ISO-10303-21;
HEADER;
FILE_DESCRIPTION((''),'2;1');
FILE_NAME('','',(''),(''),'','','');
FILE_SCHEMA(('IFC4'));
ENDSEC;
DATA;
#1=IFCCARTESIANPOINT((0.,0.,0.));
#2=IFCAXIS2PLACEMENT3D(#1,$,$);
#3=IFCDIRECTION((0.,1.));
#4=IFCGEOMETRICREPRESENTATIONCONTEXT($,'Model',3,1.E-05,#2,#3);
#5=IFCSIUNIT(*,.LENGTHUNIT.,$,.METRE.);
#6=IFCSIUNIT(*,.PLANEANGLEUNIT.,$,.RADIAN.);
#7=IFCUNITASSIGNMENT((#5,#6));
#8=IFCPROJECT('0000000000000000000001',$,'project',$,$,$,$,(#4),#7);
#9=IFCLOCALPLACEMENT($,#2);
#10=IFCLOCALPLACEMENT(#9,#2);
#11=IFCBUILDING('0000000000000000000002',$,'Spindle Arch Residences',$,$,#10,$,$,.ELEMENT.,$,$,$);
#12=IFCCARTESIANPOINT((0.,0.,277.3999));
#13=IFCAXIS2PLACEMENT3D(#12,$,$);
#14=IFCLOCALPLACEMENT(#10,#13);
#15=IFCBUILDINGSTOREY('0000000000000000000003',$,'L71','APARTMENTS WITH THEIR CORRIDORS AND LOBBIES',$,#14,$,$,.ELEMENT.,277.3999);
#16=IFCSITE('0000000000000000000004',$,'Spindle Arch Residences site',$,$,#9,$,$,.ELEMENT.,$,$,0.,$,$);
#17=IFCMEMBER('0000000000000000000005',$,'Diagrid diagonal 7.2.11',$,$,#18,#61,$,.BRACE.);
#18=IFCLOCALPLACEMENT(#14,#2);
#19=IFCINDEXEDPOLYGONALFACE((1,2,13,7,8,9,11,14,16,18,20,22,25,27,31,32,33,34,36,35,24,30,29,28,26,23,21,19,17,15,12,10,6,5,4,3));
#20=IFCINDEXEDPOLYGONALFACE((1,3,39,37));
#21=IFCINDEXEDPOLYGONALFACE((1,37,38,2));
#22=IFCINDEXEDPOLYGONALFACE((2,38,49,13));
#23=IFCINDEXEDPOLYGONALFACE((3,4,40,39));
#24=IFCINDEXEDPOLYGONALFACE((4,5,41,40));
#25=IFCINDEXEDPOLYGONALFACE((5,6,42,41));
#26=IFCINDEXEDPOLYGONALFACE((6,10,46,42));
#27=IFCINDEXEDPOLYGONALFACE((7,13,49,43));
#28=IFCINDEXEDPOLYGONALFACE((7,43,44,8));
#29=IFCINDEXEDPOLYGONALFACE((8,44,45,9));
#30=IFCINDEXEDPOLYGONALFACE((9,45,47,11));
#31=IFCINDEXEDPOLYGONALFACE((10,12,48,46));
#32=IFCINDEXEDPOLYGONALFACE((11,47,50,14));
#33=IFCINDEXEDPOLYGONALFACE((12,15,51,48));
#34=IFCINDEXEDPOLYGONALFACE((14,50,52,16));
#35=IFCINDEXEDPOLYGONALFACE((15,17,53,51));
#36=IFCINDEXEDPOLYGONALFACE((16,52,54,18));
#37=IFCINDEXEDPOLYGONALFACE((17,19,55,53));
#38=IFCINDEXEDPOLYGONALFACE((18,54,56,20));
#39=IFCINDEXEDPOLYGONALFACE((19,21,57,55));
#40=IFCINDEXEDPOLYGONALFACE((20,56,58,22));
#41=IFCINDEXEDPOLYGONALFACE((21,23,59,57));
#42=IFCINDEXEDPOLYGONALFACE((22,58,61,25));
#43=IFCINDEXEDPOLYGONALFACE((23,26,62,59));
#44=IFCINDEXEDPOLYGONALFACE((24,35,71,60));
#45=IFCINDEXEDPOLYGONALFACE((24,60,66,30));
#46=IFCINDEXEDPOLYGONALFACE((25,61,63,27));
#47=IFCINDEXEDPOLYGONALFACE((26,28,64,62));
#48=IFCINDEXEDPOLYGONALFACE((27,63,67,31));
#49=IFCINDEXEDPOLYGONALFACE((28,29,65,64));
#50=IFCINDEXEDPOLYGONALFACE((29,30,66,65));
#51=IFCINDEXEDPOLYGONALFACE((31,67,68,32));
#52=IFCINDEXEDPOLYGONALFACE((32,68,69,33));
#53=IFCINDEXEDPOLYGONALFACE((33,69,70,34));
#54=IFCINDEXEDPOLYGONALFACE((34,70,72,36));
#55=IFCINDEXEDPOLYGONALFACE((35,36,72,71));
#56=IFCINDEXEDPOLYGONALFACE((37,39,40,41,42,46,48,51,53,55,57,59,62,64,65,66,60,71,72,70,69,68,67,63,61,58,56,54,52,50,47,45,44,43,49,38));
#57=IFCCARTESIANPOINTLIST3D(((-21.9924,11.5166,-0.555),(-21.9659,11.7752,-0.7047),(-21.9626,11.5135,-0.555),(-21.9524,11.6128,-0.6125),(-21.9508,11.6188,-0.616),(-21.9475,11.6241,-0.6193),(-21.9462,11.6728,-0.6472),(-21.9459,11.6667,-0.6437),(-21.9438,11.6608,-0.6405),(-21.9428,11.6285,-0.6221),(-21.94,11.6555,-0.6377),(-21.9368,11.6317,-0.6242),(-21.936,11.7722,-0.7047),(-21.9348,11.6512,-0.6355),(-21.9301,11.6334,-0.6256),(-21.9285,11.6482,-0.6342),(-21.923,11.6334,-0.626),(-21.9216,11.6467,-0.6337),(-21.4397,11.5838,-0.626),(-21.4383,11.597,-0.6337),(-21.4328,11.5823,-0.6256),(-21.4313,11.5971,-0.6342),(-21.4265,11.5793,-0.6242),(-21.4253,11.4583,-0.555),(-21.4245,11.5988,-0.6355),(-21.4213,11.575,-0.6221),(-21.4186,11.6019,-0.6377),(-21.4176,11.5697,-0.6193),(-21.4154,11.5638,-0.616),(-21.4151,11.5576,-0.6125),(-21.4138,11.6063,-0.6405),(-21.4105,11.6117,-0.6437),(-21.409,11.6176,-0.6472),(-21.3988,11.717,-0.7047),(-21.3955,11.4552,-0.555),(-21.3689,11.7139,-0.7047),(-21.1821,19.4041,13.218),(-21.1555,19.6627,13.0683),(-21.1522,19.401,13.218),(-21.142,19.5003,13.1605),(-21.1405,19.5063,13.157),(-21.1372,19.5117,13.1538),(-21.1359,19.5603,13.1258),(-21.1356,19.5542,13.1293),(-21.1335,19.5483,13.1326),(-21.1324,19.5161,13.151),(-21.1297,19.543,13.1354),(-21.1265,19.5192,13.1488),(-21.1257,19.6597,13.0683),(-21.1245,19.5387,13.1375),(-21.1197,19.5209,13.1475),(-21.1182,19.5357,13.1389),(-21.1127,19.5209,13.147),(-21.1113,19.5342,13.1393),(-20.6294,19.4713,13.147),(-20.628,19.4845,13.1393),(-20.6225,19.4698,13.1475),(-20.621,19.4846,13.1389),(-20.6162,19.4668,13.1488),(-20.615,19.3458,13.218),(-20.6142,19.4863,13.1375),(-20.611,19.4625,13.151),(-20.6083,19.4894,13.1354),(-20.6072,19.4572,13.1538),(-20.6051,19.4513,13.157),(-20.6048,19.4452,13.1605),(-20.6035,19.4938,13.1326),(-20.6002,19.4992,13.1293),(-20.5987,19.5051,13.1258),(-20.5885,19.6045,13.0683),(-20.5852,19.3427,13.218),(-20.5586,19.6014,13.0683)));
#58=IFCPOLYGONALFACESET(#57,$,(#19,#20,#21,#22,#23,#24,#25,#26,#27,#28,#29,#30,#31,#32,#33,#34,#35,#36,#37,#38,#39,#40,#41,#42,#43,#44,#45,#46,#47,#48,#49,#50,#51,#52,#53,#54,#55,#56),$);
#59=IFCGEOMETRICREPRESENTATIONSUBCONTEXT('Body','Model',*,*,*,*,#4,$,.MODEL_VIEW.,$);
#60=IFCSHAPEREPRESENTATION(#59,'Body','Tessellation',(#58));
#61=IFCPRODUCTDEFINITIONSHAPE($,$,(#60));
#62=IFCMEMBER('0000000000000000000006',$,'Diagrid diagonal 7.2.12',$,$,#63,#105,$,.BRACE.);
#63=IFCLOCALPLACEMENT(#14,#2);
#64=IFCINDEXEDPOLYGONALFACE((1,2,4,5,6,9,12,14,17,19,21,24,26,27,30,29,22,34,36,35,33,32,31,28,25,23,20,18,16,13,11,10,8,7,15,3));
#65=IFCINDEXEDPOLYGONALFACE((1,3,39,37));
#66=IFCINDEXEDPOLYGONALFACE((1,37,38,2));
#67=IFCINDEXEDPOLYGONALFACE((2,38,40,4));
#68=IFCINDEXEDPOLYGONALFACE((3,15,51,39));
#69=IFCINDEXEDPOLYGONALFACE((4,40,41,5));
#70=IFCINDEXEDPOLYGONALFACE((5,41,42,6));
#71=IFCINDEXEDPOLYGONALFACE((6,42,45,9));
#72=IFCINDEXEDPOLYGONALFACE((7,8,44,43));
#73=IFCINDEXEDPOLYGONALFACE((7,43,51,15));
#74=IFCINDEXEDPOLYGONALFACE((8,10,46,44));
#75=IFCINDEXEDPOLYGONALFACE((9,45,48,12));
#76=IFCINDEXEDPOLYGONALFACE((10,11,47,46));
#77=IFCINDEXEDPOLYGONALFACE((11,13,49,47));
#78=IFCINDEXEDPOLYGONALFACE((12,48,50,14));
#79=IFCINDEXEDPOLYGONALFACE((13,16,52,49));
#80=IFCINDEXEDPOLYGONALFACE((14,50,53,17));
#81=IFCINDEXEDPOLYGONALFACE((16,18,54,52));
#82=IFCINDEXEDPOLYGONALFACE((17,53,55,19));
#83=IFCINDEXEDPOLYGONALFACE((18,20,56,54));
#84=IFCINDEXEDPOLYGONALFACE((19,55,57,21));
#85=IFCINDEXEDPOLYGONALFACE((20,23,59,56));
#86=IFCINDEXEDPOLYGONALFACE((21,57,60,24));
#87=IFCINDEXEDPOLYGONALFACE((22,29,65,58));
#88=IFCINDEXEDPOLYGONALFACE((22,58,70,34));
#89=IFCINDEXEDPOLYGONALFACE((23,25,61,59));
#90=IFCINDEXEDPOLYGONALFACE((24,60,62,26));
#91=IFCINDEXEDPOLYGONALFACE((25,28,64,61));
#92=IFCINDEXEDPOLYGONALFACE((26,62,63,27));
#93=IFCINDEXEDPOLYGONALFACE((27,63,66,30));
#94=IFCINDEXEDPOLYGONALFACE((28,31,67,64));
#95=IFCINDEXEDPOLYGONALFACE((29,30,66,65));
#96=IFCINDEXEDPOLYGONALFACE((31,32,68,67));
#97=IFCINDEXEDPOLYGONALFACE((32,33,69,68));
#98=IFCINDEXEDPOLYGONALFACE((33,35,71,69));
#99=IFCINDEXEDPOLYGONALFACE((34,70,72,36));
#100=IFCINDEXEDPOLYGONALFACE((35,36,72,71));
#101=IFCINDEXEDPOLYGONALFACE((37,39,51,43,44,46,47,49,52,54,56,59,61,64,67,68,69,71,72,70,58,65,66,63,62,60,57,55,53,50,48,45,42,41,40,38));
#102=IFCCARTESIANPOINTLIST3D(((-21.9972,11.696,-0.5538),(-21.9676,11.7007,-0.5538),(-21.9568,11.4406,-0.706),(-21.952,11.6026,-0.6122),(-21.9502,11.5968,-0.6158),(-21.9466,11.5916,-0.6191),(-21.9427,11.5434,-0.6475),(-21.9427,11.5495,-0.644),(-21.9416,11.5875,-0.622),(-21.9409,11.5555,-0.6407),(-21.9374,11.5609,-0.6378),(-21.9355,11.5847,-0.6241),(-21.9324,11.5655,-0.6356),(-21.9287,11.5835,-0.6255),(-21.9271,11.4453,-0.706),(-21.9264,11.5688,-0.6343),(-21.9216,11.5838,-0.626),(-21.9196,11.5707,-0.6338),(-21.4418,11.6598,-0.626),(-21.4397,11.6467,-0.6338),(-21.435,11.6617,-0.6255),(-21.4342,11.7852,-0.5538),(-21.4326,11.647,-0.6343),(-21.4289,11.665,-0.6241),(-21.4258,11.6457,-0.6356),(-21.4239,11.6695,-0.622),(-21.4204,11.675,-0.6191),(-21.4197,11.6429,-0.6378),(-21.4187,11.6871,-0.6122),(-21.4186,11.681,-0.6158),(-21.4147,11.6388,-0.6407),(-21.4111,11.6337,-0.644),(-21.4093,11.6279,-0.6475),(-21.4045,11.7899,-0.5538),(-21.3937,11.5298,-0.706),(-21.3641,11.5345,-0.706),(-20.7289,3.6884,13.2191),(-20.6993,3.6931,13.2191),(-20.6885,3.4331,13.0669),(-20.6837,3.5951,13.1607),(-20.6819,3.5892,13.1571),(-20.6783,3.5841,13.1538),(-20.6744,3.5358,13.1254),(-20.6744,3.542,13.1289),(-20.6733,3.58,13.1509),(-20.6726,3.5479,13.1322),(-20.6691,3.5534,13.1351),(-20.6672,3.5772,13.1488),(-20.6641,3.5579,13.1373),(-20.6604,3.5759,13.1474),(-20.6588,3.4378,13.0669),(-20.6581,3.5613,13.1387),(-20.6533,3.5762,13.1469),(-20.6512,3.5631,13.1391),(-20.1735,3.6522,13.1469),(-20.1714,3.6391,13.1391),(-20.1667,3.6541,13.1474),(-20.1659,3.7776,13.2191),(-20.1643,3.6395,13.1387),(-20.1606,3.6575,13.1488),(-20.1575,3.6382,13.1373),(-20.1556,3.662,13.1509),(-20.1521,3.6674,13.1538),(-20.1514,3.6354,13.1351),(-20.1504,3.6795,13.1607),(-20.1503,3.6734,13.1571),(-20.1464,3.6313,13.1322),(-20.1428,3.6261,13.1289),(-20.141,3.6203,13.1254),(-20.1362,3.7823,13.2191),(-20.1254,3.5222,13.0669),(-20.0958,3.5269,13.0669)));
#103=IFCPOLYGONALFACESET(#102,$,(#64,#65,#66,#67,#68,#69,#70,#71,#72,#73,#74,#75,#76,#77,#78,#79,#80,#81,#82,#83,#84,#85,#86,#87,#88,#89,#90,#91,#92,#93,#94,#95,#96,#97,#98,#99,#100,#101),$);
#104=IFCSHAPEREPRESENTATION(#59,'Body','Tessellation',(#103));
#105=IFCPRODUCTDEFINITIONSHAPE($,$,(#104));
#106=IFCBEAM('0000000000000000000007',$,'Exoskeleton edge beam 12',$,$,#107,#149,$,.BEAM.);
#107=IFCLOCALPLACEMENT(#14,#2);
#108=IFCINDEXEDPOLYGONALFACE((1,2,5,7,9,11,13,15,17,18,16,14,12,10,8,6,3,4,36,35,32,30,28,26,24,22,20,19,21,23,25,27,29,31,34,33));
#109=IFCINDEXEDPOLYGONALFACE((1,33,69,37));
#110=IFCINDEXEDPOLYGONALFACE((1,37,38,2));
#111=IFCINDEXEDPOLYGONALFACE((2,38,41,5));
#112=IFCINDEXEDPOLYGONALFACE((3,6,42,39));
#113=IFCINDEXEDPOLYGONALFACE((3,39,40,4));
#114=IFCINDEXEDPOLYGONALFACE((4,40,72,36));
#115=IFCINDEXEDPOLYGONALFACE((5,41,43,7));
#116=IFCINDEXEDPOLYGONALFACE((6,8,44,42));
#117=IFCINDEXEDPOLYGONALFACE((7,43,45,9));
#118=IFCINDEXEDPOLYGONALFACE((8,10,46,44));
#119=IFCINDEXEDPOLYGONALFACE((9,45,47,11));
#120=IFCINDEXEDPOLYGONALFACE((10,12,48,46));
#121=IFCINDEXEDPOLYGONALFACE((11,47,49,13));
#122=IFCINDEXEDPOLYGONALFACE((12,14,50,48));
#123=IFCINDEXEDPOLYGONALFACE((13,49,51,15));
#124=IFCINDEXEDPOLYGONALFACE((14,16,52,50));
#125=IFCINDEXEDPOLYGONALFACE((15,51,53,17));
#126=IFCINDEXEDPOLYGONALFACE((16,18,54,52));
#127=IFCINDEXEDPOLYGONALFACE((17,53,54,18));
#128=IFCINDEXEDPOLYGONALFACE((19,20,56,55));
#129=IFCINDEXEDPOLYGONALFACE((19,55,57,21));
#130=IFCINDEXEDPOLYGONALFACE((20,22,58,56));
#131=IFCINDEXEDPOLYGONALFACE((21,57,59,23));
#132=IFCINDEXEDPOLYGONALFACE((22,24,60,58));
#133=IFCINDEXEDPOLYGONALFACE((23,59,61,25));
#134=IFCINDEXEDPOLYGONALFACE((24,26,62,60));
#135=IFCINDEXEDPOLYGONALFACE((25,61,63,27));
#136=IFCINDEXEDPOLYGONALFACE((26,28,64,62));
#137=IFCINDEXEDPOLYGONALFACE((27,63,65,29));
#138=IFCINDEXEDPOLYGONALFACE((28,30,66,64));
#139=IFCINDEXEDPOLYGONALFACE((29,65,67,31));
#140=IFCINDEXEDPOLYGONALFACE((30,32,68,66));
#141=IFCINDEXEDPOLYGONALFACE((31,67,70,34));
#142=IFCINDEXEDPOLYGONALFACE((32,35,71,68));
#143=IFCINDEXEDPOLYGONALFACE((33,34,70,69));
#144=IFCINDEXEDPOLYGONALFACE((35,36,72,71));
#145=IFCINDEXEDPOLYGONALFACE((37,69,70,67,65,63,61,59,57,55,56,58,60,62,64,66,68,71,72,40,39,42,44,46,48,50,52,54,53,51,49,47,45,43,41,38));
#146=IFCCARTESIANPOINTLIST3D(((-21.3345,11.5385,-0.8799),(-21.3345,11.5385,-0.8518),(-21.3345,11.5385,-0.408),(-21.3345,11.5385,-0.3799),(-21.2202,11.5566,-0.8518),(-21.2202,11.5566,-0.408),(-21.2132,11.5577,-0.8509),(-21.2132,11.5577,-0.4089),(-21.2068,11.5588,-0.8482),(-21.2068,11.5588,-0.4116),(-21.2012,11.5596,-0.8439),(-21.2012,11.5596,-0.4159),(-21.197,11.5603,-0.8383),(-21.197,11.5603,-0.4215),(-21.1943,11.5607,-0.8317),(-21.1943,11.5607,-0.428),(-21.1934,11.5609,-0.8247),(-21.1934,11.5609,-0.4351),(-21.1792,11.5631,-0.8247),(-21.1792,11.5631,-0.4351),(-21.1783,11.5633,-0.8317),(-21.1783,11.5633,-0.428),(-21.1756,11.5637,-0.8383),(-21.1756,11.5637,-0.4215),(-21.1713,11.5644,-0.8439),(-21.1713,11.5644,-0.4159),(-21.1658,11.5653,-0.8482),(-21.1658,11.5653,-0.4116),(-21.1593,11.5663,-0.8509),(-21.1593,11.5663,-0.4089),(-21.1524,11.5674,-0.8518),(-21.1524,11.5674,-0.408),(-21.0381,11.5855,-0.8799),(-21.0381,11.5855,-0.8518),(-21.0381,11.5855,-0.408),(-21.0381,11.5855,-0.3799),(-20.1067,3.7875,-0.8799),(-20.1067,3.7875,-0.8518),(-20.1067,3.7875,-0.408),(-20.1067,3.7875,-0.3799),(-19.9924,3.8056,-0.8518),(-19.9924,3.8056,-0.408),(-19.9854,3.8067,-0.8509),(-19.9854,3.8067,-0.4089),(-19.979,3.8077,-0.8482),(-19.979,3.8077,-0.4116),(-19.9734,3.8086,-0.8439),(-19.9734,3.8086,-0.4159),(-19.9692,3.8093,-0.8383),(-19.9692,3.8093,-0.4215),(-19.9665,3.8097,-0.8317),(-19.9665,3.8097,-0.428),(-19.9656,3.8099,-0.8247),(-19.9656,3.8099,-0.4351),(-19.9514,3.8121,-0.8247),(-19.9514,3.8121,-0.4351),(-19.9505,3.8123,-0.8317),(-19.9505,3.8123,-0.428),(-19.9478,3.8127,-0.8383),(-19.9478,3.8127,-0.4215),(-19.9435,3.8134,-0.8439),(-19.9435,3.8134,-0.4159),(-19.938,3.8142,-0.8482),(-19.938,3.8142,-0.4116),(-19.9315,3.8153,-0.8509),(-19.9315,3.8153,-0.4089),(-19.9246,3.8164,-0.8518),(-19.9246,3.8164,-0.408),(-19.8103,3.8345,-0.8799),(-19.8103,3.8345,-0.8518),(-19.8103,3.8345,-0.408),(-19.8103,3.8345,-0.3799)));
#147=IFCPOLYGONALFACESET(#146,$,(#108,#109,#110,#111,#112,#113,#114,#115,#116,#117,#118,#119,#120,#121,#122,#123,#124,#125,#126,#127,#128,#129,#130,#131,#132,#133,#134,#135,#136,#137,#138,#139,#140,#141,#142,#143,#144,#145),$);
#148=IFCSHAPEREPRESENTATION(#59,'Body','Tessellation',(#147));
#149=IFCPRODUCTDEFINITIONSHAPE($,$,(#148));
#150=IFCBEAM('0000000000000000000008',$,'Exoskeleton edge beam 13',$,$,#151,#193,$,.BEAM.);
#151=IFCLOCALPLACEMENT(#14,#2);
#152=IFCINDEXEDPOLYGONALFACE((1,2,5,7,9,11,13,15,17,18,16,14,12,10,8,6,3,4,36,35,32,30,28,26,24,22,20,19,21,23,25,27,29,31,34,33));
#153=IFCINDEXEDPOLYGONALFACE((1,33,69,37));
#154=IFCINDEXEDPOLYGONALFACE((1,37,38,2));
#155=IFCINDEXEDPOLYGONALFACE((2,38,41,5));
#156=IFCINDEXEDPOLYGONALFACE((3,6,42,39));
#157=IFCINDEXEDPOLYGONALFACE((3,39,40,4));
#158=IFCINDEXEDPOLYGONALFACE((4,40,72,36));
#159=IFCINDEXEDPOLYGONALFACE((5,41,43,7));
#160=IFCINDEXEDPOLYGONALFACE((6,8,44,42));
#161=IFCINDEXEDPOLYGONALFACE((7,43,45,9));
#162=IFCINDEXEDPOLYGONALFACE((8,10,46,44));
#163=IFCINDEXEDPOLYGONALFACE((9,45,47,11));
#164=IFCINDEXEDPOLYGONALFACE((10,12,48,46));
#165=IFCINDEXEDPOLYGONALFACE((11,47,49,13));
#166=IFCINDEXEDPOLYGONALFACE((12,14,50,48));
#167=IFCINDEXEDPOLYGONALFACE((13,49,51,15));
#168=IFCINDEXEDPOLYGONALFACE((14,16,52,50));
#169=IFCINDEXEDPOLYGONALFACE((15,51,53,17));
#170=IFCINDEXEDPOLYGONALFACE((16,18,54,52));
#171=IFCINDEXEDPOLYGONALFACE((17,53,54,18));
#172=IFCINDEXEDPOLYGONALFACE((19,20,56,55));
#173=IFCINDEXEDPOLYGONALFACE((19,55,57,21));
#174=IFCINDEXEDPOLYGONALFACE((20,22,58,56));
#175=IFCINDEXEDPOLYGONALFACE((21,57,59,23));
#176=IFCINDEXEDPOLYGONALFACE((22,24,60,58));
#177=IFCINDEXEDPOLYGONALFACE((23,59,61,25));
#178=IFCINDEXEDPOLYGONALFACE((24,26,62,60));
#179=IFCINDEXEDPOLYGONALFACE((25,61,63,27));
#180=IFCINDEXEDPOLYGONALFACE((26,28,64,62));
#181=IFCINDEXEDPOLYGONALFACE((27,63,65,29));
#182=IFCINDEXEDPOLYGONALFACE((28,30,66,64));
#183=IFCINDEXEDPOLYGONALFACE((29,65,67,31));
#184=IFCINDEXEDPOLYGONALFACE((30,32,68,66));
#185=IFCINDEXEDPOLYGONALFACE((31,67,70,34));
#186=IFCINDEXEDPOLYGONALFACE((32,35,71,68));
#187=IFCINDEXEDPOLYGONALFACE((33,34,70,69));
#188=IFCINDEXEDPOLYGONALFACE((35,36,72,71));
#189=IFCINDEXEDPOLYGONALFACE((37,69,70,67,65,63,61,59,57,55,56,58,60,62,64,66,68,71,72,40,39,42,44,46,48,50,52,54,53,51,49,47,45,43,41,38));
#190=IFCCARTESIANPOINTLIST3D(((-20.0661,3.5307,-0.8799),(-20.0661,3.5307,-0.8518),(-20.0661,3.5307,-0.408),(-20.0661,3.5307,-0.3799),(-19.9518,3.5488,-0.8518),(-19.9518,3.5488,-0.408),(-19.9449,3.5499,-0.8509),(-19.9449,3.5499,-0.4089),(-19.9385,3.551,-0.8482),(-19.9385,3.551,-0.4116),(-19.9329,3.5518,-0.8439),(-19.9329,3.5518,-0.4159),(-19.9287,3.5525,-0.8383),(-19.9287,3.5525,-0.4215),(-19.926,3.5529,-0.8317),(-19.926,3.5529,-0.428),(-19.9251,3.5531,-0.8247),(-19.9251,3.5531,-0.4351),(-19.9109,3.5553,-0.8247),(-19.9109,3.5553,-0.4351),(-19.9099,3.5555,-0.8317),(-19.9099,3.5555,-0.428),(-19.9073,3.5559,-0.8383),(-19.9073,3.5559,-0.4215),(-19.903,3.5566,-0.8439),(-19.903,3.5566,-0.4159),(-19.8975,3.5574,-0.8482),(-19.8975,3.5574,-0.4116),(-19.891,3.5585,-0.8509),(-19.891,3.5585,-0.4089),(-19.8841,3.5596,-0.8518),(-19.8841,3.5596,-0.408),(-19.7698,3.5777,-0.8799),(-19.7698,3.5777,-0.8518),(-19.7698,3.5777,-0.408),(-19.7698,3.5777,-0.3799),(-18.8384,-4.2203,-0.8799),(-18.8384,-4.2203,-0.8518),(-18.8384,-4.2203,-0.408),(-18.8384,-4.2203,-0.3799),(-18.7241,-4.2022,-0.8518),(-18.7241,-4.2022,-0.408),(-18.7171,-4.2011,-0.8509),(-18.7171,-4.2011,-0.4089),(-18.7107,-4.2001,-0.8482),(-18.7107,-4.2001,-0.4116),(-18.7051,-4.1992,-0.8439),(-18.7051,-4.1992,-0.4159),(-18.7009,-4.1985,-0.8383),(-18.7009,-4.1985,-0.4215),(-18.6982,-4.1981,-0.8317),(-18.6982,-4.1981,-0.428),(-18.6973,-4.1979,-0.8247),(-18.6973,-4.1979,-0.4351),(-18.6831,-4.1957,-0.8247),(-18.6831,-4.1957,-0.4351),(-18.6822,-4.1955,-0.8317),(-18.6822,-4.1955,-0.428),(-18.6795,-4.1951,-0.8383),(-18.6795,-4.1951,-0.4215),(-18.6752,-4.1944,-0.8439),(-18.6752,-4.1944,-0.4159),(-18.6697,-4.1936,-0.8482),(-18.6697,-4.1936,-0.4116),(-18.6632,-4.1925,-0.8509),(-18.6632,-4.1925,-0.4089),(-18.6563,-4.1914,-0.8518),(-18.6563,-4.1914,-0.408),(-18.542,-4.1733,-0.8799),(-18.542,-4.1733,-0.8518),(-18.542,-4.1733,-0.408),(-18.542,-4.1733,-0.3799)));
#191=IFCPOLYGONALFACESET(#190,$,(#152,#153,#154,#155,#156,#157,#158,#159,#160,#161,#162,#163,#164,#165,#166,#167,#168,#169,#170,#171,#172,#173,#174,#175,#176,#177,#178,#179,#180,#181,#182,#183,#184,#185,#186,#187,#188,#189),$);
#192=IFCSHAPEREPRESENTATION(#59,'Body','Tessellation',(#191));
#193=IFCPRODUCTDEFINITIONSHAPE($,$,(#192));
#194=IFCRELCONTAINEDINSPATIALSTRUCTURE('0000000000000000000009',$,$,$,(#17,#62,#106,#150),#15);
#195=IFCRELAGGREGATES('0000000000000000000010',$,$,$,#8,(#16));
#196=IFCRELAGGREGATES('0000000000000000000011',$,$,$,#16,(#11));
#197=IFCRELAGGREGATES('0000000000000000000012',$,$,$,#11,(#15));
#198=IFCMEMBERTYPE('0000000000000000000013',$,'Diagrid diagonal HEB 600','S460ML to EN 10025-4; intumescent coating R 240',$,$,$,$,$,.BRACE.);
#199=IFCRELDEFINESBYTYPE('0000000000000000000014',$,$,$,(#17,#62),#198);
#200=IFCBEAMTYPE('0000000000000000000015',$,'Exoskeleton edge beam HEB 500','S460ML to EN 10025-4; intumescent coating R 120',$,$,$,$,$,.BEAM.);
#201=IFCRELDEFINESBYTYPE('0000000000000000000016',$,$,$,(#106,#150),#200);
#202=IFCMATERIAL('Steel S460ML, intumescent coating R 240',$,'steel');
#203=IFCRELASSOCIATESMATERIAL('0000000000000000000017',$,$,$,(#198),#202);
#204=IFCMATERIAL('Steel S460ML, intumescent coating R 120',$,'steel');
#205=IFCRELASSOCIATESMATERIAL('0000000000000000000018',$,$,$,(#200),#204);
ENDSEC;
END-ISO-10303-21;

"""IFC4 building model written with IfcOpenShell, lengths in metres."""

from ifc_helpers import new_model, si_unit, direction, frame, origin, origin_2d, place, context, subcontext, project, spatial, i_section, extrude, material, material_profile, profile_set, type_object, element, save


model = new_model("IFC4")

# Units and contexts
model_context = context("Model", 3, precision=1e-05, world=origin(), true_north=direction((0.0, 1.0)))
body_context = subcontext(model_context, "Body", "Model", "MODEL_VIEW")
ifc_project = project(units=[si_unit("LENGTHUNIT", "METRE"), si_unit("PLANEANGLEUNIT", "RADIAN")], contexts=[model_context])

# Site, building, storey
site_placement = place(None, origin())
site = spatial("IfcSite", under=ifc_project, at=site_placement, Name="Spindle Arch Residences site", CompositionType="ELEMENT", RefElevation=0.0)
building_placement = place(site_placement, origin())
building = spatial("IfcBuilding", under=site, at=building_placement, Name="Spindle Arch Residences", CompositionType="ELEMENT")
storey_placement = place(building_placement, frame((0.0, 0.0, 277.3999)))
storey = spatial("IfcBuildingStorey", under=building, at=storey_placement, Name="L71", Description="APARTMENTS WITH THEIR CORRIDORS AND LOBBIES", CompositionType="ELEMENT", Elevation=277.3999)

# Members
ifc_material_1 = material(Name="Steel S460ML, intumescent coating R 240", Category="steel")
ifc_material_profile_1 = material_profile(ifc_material_1, i_section(OverallWidth=0.3, OverallDepth=0.6001, WebThickness=0.0154, FlangeThickness=0.03, FilletRadius=0.0271, at=origin_2d()), Name="HEB 600")
ifc_profile_set_1 = profile_set([ifc_material_profile_1], Name="Steel S460ML, intumescent coating R 240")
member_type_1 = type_object("IfcMemberType", Name="Diagrid diagonal HEB 600", Description="S460ML to EN 10025-4; intumescent coating R 240", PredefinedType="BRACE", material=ifc_profile_set_1)
member_1_placement = place(storey_placement, frame((-21.6807, 11.6152, -0.6299), z_axis=(0.050987, 0.496309, 0.866647), x_axis=(-0.088567, -0.86211, 0.498921)))
element("IfcMember", 1, at=member_1_placement, inside=storey, type_object=member_type_1, Name="Diagrid diagonal 7.2.11", PredefinedType="BRACE", context=body_context, shape_type="SweptSolid", body=[
    extrude(i_section(OverallWidth=0.3, OverallDepth=0.6001, WebThickness=0.0154, FlangeThickness=0.03, FilletRadius=0.0271, at=origin_2d()), origin(), (0.0, 0.0, 1.0), 15.8923),
])
member_2_placement = place(storey_placement, frame((-21.6807, 11.6152, -0.6299), z_axis=(0.079359, -0.501037, 0.86178), x_axis=(-0.134816, 0.851169, 0.507283)))
element("IfcMember", 2, at=member_2_placement, inside=storey, type_object=member_type_1, Name="Diagrid diagonal 7.2.12", PredefinedType="BRACE", context=body_context, shape_type="SweptSolid", body=[
    extrude(i_section(OverallWidth=0.3, OverallDepth=0.6001, WebThickness=0.0154, FlangeThickness=0.03, FilletRadius=0.0271, at=origin_2d()), origin(), (0.0, 0.0, 1.0), 15.9819),
])

# Beams
ifc_material_2 = material(Name="Steel S460ML, intumescent coating R 120", Category="steel")
ifc_material_profile_2 = material_profile(ifc_material_2, i_section(OverallWidth=0.3, OverallDepth=0.5, WebThickness=0.0144, FlangeThickness=0.0281, FilletRadius=0.0271, at=origin_2d()), Name="HEB 500")
ifc_profile_set_2 = profile_set([ifc_material_profile_2], Name="Steel S460ML, intumescent coating R 120")
beam_type_1 = type_object("IfcBeamType", Name="Exoskeleton edge beam HEB 500", Description="S460ML to EN 10025-4; intumescent coating R 120", PredefinedType="BEAM", material=ifc_profile_set_2)
for number, where, z_axis, x_axis, name in (
    (3, (-21.1863, 11.562, -0.6299), (0.156453, -0.987685, 0.0), (0.987685, 0.156453, 0.0), "Exoskeleton edge beam 12"),
    (4, (-19.918, 3.5542, -0.6299), (0.156453, -0.987685, 0.0), (0.987685, 0.156453, 0.0), "Exoskeleton edge beam 13"),
):
    element("IfcBeam", number, at=place(storey_placement, frame(where, z_axis=z_axis, x_axis=x_axis)), inside=storey, type_object=beam_type_1, Name=name, PredefinedType="BEAM", context=body_context, shape_type="SweptSolid", body=[
        extrude(i_section(OverallWidth=0.3, OverallDepth=0.5, WebThickness=0.0144, FlangeThickness=0.0281, FilletRadius=0.0271, at=origin_2d()), origin(), (0.0, 0.0, 1.0), 7.8477),
    ])

save(model, "model.ifc")
